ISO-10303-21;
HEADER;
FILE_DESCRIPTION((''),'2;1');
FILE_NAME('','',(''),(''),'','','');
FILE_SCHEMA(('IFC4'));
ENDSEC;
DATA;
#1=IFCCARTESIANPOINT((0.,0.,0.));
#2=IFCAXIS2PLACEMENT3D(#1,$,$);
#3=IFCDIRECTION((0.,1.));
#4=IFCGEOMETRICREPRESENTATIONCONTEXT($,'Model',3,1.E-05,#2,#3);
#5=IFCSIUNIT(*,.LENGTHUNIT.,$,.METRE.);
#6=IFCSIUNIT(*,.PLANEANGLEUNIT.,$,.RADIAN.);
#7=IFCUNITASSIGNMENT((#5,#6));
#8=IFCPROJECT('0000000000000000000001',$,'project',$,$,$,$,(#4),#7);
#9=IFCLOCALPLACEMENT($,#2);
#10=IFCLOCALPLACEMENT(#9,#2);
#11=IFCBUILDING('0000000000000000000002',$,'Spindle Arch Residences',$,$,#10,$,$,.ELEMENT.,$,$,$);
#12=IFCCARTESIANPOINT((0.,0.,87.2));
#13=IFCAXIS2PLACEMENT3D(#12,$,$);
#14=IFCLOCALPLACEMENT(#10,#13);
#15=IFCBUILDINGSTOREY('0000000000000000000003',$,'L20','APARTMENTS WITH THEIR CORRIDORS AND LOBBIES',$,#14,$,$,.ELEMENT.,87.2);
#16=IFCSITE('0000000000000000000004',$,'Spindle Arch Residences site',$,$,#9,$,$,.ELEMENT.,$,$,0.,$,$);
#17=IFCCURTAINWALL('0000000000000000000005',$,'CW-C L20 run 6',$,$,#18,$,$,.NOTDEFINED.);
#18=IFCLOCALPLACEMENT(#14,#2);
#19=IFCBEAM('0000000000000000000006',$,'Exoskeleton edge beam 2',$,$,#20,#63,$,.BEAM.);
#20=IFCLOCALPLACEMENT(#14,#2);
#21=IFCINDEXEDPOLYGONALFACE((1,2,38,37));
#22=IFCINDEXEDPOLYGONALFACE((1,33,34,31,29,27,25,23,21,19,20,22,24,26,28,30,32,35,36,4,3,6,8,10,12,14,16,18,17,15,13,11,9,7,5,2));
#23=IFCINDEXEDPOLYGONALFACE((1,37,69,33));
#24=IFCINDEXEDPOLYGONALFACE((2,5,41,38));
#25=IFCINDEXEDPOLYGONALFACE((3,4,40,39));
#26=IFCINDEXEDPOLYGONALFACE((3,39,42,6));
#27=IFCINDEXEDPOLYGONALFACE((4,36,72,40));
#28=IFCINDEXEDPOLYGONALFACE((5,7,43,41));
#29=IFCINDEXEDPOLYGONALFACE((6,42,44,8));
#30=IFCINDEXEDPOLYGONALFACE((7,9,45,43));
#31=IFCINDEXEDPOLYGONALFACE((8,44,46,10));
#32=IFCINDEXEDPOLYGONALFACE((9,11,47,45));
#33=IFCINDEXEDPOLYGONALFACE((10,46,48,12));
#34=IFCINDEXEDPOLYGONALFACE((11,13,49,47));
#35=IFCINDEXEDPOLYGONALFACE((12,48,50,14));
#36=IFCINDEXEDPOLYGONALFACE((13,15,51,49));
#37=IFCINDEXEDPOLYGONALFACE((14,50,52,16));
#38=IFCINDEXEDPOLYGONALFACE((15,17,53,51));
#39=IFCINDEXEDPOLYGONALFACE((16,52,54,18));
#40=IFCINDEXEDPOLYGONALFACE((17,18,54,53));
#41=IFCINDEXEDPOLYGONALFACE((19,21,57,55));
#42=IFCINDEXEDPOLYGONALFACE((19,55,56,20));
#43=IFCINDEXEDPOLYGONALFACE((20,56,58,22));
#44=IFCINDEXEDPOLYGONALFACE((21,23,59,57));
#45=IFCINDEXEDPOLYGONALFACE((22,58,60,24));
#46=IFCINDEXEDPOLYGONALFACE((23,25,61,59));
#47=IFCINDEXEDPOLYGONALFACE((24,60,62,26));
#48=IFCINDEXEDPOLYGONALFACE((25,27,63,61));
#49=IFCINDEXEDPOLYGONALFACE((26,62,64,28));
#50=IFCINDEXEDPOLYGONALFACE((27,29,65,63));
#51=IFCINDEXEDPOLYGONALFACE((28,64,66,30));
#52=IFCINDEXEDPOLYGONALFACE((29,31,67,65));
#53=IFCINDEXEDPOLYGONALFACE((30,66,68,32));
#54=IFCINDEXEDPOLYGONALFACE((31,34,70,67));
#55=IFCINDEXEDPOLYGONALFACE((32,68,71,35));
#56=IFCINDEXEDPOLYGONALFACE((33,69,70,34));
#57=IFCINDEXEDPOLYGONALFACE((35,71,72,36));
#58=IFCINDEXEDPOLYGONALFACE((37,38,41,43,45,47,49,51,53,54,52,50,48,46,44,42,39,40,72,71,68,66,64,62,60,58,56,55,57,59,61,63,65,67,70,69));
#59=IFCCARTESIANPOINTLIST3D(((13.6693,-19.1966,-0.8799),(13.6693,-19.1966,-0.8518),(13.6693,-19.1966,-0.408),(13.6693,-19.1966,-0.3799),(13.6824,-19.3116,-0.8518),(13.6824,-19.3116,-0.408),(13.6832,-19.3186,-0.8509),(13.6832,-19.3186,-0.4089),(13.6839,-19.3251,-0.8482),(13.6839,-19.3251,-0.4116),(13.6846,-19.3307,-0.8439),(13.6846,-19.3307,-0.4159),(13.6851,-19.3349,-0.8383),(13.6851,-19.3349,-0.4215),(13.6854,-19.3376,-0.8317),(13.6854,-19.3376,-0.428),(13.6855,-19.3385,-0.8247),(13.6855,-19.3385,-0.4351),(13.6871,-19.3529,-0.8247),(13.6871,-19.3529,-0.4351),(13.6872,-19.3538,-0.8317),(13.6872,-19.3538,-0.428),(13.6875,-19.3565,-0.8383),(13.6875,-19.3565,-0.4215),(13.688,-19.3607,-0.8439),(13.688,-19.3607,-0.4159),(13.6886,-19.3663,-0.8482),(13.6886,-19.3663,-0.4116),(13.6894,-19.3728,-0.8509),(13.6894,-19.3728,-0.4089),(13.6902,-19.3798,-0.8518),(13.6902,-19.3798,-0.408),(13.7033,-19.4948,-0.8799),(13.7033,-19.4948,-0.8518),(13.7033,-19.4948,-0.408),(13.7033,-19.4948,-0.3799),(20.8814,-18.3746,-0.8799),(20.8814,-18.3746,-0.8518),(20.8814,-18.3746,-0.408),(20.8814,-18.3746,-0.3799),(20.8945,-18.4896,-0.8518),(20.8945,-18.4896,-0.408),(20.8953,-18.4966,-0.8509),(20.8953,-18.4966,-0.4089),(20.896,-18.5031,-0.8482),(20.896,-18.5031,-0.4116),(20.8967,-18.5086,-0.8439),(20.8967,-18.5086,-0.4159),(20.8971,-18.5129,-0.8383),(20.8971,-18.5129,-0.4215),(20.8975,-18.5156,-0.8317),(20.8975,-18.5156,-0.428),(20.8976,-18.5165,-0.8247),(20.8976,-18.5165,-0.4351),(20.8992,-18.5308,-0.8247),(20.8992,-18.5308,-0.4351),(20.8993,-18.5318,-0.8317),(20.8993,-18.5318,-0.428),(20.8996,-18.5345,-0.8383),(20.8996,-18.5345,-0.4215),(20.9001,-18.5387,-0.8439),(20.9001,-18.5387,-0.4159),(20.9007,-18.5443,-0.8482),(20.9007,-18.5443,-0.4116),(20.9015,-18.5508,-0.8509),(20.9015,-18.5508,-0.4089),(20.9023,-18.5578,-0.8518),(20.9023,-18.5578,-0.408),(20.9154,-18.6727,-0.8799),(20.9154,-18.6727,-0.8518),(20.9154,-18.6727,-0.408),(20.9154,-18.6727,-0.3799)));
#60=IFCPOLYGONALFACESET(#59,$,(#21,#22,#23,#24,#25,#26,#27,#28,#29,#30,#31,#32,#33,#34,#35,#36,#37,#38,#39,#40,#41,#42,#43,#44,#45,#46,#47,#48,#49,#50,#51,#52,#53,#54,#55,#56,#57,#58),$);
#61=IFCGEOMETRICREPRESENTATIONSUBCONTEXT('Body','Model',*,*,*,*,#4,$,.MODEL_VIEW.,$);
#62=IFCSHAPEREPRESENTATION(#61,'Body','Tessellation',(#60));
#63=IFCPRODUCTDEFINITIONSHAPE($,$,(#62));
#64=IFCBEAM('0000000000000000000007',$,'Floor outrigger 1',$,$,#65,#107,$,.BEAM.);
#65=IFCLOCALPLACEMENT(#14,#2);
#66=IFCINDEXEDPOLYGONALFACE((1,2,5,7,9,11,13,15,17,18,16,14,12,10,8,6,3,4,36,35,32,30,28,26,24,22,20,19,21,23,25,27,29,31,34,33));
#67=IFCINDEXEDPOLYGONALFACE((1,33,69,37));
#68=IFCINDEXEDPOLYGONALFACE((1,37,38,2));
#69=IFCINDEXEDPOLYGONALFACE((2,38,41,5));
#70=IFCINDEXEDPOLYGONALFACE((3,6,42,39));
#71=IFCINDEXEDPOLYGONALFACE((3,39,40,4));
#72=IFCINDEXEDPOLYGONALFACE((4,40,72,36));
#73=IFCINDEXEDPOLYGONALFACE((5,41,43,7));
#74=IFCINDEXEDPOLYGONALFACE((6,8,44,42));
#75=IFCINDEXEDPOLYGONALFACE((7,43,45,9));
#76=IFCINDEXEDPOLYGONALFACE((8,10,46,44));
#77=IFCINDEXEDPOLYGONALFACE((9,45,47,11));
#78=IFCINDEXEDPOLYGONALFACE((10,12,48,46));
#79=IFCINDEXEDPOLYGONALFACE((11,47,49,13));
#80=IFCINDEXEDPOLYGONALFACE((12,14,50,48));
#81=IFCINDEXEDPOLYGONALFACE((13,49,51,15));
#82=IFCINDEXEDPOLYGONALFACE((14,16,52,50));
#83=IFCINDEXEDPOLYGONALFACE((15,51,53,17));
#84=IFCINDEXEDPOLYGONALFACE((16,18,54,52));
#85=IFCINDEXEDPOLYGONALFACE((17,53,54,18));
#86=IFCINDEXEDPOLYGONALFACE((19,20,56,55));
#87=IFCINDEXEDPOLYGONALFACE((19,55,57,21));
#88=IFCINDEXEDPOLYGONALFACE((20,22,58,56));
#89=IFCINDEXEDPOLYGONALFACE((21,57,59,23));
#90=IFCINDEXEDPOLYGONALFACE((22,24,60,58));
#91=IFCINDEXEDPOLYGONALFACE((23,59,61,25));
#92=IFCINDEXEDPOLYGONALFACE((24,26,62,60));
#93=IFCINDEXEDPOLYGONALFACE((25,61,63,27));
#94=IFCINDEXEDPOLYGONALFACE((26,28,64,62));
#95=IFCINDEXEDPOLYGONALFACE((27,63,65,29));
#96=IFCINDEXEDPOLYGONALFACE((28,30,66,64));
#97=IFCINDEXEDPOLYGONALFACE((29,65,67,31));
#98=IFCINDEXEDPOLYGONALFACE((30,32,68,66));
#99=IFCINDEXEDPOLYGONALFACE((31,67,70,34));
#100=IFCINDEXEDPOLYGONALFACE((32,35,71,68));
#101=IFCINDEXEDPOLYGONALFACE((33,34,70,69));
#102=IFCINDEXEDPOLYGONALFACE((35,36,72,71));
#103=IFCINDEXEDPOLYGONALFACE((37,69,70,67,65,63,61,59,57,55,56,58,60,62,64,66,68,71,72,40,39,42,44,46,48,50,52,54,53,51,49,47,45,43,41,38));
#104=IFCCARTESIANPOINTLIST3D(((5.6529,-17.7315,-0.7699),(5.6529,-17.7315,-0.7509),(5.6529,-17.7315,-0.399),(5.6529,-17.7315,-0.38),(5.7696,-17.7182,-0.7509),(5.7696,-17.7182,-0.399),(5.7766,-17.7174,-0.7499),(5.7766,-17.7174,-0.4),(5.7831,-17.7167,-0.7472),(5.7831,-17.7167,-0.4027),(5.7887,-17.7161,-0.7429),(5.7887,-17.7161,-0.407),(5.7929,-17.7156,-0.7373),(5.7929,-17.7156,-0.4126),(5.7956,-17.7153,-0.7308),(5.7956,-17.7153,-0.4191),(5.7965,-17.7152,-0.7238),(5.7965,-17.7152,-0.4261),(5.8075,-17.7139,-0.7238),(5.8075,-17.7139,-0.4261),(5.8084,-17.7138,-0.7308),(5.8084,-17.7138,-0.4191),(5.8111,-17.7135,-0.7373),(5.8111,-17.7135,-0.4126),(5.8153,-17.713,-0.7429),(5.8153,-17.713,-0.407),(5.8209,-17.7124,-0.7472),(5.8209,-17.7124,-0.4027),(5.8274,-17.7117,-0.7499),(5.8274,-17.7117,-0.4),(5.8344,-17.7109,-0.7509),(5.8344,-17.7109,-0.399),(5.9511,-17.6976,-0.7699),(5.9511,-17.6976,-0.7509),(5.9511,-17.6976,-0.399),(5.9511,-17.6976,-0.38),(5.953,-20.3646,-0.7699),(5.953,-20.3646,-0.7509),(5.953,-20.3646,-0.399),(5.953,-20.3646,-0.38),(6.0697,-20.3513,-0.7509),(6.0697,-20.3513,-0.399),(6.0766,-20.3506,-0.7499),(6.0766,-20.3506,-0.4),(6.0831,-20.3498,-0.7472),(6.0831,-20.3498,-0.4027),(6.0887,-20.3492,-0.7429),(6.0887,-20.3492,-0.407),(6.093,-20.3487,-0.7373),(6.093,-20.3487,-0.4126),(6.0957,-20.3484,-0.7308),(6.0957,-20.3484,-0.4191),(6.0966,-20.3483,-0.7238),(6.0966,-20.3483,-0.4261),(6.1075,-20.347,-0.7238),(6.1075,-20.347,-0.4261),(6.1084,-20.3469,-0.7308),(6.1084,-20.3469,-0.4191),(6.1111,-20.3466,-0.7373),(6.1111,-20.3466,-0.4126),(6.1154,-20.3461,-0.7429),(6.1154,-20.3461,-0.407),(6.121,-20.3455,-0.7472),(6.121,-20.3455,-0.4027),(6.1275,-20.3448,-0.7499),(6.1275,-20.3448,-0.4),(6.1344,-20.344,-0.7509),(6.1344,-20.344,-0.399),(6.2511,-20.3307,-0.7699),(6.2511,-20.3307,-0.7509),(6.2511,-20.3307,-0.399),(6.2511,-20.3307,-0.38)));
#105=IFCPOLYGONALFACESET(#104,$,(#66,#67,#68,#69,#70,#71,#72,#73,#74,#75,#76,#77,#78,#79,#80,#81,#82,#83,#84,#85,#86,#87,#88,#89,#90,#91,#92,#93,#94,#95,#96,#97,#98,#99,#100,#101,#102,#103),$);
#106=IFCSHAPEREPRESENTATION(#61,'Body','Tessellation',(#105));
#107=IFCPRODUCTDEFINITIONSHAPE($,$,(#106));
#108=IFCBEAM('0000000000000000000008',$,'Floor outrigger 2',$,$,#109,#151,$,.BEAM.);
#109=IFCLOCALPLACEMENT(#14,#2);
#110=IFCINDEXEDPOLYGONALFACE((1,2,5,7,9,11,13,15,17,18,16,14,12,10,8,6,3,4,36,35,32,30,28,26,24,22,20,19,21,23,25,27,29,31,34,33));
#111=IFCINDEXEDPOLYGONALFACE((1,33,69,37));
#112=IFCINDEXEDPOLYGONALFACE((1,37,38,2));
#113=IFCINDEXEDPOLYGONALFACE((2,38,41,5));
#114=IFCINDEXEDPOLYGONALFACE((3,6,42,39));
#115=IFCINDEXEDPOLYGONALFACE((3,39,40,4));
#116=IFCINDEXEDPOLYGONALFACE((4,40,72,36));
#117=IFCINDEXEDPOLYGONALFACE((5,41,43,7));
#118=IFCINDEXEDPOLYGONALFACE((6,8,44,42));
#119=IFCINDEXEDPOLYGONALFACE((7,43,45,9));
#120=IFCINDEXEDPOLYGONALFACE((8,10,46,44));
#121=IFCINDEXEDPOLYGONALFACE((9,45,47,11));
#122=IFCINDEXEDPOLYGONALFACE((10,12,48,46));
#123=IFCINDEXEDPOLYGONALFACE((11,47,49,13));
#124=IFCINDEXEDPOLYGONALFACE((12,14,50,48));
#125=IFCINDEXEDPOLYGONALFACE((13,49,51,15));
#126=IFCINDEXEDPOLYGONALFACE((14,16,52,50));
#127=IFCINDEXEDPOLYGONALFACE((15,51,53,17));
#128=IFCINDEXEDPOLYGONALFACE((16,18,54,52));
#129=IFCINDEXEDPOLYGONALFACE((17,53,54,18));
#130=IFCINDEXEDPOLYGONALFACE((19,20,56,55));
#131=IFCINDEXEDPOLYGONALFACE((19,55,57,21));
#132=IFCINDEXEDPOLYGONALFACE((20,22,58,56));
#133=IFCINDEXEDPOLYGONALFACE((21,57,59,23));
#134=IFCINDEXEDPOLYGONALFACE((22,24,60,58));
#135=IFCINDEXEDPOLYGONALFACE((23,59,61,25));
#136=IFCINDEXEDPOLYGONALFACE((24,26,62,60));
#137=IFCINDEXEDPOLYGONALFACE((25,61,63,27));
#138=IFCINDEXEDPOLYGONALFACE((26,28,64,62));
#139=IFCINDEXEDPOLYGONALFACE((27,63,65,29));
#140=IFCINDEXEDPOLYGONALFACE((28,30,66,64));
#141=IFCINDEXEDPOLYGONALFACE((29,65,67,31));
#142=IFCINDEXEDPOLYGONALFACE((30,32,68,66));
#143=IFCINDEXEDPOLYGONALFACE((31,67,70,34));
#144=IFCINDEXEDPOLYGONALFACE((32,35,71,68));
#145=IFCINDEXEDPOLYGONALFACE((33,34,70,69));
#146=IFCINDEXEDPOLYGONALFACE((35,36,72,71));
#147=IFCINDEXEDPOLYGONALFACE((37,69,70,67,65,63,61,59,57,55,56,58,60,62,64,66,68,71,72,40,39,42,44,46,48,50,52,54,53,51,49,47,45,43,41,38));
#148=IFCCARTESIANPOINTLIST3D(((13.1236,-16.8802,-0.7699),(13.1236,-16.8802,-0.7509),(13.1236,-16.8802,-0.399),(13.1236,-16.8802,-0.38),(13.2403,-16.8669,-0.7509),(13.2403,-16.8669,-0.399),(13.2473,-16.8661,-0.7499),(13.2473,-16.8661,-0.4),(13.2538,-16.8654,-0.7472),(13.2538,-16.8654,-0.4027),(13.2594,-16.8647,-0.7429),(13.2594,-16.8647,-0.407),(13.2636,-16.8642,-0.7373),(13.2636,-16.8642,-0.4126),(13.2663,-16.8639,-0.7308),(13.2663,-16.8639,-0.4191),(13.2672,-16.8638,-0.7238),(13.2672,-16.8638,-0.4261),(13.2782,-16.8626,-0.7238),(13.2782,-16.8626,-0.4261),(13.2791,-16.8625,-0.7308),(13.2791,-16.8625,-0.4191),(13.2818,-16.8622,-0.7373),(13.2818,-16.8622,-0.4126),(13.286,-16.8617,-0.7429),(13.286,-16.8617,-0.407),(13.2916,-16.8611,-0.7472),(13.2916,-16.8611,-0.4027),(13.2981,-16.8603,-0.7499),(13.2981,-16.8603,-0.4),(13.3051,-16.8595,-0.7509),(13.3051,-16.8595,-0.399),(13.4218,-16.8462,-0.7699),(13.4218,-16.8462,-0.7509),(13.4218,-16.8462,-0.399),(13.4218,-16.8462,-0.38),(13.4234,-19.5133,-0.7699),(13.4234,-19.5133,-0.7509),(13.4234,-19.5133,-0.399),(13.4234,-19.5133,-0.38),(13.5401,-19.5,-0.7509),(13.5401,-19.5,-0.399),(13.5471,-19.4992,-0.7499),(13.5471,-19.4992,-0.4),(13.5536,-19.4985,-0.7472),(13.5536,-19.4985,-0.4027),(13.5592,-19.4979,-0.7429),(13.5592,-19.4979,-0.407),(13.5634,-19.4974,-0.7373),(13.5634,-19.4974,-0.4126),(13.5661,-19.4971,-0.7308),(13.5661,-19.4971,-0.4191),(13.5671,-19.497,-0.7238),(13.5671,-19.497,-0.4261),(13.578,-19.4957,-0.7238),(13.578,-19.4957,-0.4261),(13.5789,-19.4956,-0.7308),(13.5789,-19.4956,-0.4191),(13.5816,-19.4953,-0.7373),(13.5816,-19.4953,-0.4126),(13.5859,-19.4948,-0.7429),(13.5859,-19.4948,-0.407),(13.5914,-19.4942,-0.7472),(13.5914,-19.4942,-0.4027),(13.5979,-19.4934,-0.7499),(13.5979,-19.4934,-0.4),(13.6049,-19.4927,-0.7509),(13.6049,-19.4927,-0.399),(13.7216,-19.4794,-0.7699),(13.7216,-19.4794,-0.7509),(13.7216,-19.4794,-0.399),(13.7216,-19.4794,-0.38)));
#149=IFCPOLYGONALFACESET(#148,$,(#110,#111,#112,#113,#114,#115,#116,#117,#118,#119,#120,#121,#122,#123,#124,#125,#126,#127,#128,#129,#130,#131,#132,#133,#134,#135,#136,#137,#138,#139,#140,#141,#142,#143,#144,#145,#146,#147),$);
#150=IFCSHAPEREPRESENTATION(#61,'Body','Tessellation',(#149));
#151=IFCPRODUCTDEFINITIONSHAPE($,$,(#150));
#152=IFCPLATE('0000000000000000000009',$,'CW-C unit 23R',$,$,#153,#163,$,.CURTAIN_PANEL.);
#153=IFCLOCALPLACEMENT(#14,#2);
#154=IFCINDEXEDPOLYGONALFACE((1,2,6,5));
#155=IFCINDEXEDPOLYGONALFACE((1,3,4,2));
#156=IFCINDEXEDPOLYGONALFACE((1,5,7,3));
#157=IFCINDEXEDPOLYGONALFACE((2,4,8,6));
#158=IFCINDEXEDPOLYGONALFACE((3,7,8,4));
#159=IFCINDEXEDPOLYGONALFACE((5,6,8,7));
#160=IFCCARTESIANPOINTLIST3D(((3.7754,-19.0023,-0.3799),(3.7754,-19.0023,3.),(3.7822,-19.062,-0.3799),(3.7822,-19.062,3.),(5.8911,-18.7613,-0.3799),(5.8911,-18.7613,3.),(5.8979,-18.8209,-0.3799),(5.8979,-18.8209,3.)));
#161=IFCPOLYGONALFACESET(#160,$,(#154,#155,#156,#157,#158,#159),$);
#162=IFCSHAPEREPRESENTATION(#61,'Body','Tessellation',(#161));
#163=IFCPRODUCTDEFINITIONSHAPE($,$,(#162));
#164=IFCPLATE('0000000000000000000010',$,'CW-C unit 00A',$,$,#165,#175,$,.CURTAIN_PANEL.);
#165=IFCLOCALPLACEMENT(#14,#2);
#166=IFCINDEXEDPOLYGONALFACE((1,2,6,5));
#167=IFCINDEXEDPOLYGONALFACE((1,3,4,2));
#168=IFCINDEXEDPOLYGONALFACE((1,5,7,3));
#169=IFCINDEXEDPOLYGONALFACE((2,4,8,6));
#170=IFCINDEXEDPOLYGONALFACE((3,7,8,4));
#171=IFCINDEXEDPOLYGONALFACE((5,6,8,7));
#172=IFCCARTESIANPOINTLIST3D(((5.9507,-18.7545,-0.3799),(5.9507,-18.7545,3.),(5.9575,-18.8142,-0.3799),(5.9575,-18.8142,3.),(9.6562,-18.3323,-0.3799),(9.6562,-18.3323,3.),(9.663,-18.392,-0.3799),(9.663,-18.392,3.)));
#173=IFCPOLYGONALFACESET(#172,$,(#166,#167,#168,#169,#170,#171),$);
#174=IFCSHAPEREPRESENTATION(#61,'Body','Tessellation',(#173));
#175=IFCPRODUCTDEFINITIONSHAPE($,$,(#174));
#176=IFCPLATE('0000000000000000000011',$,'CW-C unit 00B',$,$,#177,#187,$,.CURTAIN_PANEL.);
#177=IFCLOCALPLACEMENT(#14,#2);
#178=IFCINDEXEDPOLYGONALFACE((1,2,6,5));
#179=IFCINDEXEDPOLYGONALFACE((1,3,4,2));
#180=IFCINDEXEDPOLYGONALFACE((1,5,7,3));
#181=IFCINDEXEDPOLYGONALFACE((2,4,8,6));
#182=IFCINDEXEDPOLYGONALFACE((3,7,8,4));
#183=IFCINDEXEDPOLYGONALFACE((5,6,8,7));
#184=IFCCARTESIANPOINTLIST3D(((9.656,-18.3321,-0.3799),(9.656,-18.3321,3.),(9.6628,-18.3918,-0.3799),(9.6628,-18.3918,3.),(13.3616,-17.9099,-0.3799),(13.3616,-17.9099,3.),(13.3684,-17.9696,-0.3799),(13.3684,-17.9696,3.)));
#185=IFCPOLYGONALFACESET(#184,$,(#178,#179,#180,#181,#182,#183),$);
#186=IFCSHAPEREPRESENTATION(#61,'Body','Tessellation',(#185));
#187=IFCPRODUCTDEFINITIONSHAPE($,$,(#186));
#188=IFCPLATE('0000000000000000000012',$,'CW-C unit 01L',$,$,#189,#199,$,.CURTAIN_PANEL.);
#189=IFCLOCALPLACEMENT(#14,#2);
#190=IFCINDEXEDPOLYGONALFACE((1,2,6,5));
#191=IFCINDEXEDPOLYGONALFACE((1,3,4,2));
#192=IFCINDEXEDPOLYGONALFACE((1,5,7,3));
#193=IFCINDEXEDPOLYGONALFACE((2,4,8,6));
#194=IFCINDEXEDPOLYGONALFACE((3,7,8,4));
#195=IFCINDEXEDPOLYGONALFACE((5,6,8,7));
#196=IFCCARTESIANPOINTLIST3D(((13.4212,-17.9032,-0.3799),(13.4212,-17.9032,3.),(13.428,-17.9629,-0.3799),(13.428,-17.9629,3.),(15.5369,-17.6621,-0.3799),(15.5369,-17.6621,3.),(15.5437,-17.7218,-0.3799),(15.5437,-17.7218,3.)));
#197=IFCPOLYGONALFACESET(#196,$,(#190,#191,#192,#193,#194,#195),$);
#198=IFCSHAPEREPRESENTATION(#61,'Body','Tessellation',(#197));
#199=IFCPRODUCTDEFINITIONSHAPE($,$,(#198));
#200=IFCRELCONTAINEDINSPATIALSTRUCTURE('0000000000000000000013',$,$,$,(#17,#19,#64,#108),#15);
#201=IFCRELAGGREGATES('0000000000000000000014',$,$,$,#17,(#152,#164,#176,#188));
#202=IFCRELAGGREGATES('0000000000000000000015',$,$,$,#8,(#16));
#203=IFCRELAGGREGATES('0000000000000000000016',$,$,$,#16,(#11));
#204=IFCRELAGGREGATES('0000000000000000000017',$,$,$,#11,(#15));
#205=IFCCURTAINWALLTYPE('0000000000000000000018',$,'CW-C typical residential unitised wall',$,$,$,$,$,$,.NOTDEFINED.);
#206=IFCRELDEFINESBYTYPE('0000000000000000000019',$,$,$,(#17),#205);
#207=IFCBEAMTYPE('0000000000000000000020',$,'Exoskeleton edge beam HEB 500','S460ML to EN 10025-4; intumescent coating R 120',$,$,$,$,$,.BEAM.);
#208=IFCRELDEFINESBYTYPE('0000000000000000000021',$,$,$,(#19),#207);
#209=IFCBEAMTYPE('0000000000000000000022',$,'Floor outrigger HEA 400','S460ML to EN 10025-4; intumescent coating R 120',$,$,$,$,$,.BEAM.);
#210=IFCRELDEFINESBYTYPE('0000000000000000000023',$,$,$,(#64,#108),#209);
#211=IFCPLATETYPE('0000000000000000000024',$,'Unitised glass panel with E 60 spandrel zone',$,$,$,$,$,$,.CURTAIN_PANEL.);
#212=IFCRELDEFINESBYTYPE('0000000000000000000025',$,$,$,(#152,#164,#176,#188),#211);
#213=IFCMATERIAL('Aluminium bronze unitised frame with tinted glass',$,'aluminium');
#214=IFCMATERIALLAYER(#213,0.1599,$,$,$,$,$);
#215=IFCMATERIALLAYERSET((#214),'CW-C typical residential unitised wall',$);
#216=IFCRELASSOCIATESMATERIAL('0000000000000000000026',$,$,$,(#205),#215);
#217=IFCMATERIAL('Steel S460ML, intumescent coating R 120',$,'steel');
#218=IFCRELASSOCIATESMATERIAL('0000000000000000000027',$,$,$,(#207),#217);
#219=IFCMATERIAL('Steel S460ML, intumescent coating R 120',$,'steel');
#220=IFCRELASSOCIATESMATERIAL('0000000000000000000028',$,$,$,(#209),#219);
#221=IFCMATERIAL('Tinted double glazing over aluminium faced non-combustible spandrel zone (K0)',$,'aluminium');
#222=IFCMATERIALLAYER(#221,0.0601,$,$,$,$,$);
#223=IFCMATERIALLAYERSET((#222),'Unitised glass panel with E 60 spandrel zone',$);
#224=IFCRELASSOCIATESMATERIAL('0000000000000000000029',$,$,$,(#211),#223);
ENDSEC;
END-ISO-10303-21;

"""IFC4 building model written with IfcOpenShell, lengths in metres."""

from ifc_helpers import new_model, si_unit, direction, frame, origin, origin_2d, place, context, subcontext, project, spatial, rectangle, i_section, extrude, material, layer, layer_set, material_profile, profile_set, type_object, element, aggregate, save


model = new_model("IFC4")

# Units and contexts
model_context = context("Model", 3, precision=1e-05, world=origin(), true_north=direction((0.0, 1.0)))
body_context = subcontext(model_context, "Body", "Model", "MODEL_VIEW")
ifc_project = project(units=[si_unit("LENGTHUNIT", "METRE"), si_unit("PLANEANGLEUNIT", "RADIAN")], contexts=[model_context])

# Site, building, storey
site_placement = place(None, origin())
site = spatial("IfcSite", under=ifc_project, at=site_placement, Name="Spindle Arch Residences site", CompositionType="ELEMENT", RefElevation=0.0)
building_placement = place(site_placement, origin())
building = spatial("IfcBuilding", under=site, at=building_placement, Name="Spindle Arch Residences", CompositionType="ELEMENT")
storey_placement = place(building_placement, frame((0.0, 0.0, 87.2)))
storey = spatial("IfcBuildingStorey", under=building, at=storey_placement, Name="L20", Description="APARTMENTS WITH THEIR CORRIDORS AND LOBBIES", CompositionType="ELEMENT", Elevation=87.2)

# Curtain wall
ifc_material_1 = material(Name="Aluminium bronze unitised frame with tinted glass", Category="aluminium")
ifc_layer_1 = layer(ifc_material_1, 0.1599)
ifc_layer_set_1 = layer_set([ifc_layer_1], Name="CW-C typical residential unitised wall")
curtain_wall_type = type_object("IfcCurtainWallType", Name="CW-C typical residential unitised wall", PredefinedType="NOTDEFINED", material=ifc_layer_set_1)
curtain_wall_placement = place(storey_placement, origin())
curtain_wall = element("IfcCurtainWall", 1, at=curtain_wall_placement, inside=storey, type_object=curtain_wall_type, Name="CW-C L20 run 6", PredefinedType="NOTDEFINED")

# Beams
ifc_material_2 = material(Name="Steel S460ML, intumescent coating R 120", Category="steel")
ifc_material_profile_1 = material_profile(ifc_material_2, i_section(OverallWidth=0.3, OverallDepth=0.5, WebThickness=0.0144, FlangeThickness=0.0281, FilletRadius=0.0271, at=origin_2d()), Name="HEB 500")
ifc_profile_set_1 = profile_set([ifc_material_profile_1], Name="Steel S460ML, intumescent coating R 120")
beam_type_1 = type_object("IfcBeamType", Name="Exoskeleton edge beam HEB 500", Description="S460ML to EN 10025-4; intumescent coating R 120", PredefinedType="BEAM", material=ifc_profile_set_1)
for number, where, z_axis, x_axis, name in (
    (2, (13.6863, -19.3457, -0.6299), (0.993567, 0.113244, 0.0), (-0.113244, 0.993567, 0.0), "Exoskeleton edge beam 2"),
):
    element("IfcBeam", number, at=place(storey_placement, frame(where, z_axis=z_axis, x_axis=x_axis)), inside=storey, type_object=beam_type_1, Name=name, PredefinedType="BEAM", context=body_context, shape_type="SweptSolid", body=[
        extrude(i_section(OverallWidth=0.3, OverallDepth=0.5, WebThickness=0.0144, FlangeThickness=0.0281, FilletRadius=0.0271, at=origin_2d()), origin(), (0.0, 0.0, 1.0), 7.2588),
    ])
ifc_material_3 = material(Name="Steel S460ML, intumescent coating R 120", Category="steel")
ifc_material_profile_2 = material_profile(ifc_material_3, i_section(OverallWidth=0.3, OverallDepth=0.3899, WebThickness=0.011, FlangeThickness=0.019, FilletRadius=0.0271, at=origin_2d()), Name="HEA 400")
ifc_profile_set_2 = profile_set([ifc_material_profile_2], Name="Steel S460ML, intumescent coating R 120")
beam_type_2 = type_object("IfcBeamType", Name="Floor outrigger HEA 400", Description="S460ML to EN 10025-4; intumescent coating R 120", PredefinedType="BEAM", material=ifc_profile_set_2)
for number, where, z_axis, x_axis, name in (
    (3, (6.1021, -20.3477, -0.575), (-0.113222, 0.99357, 0.0), (-0.99357, -0.113222, 0.0), "Floor outrigger 1"),
    (4, (13.5725, -19.4963, -0.575), (-0.113131, 0.99358, 0.0), (-0.99358, -0.113131, 0.0), "Floor outrigger 2"),
):
    element("IfcBeam", number, at=place(storey_placement, frame(where, z_axis=z_axis, x_axis=x_axis)), inside=storey, type_object=beam_type_2, Name=name, PredefinedType="BEAM", context=body_context, shape_type="SweptSolid", body=[
        extrude(i_section(OverallWidth=0.3, OverallDepth=0.3899, WebThickness=0.011, FlangeThickness=0.019, FilletRadius=0.0271, at=origin_2d()), origin(), (0.0, 0.0, 1.0), 2.6501),
    ])

# Plates
ifc_material_4 = material(Name="Tinted double glazing over aluminium faced non-combustible spandrel zone (K0)", Category="aluminium")
ifc_layer_2 = layer(ifc_material_4, 0.0601)
ifc_layer_set_2 = layer_set([ifc_layer_2], Name="Unitised glass panel with E 60 spandrel zone")
plate_type = type_object("IfcPlateType", Name="Unitised glass panel with E 60 spandrel zone", PredefinedType="CURTAIN_PANEL", material=ifc_layer_set_2)
plate_1_placement = place(storey_placement, frame((4.8367, -18.9116, -0.3799), z_axis=(0.0, 0.0, 1.0), x_axis=(0.993572, 0.113203, 0.0)))
plate_1 = element("IfcPlate", 5, at=plate_1_placement, type_object=plate_type, Name="CW-C unit 23R", PredefinedType="CURTAIN_PANEL", context=body_context, shape_type="SweptSolid", body=[
    extrude(rectangle(XDim=2.1294, YDim=0.0601, at=origin_2d()), origin(), (0.0, 0.0, 1.0), 3.3799),
])
plate_2_placement = place(storey_placement, frame((7.8069, -18.5732, -0.3799), z_axis=(0.0, 0.0, 1.0), x_axis=(0.993572, 0.113203, 0.0)))
plate_2 = element("IfcPlate", 6, at=plate_2_placement, type_object=plate_type, Name="CW-C unit 00A", PredefinedType="CURTAIN_PANEL", context=body_context, shape_type="SweptSolid", body=[
    extrude(rectangle(XDim=3.7295, YDim=0.0601, at=origin_2d()), origin(), (0.0, 0.0, 1.0), 3.3799),
])
plate_3_placement = place(storey_placement, frame((11.5122, -18.1509, -0.3799), z_axis=(0.0, 0.0, 1.0), x_axis=(0.993572, 0.113203, 0.0)))
plate_3 = element("IfcPlate", 7, at=plate_3_placement, type_object=plate_type, Name="CW-C unit 00B", PredefinedType="CURTAIN_PANEL", context=body_context, shape_type="SweptSolid", body=[
    extrude(rectangle(XDim=3.7295, YDim=0.0601, at=origin_2d()), origin(), (0.0, 0.0, 1.0), 3.3799),
])
plate_4_placement = place(storey_placement, frame((14.4824, -17.8125, -0.3799), z_axis=(0.0, 0.0, 1.0), x_axis=(0.993572, 0.113203, 0.0)))
plate_4 = element("IfcPlate", 8, at=plate_4_placement, type_object=plate_type, Name="CW-C unit 01L", PredefinedType="CURTAIN_PANEL", context=body_context, shape_type="SweptSolid", body=[
    extrude(rectangle(XDim=2.1294, YDim=0.0601, at=origin_2d()), origin(), (0.0, 0.0, 1.0), 3.3799),
])
aggregate(curtain_wall, [plate_1, plate_2, plate_3, plate_4])

save(model, "model.ifc")
